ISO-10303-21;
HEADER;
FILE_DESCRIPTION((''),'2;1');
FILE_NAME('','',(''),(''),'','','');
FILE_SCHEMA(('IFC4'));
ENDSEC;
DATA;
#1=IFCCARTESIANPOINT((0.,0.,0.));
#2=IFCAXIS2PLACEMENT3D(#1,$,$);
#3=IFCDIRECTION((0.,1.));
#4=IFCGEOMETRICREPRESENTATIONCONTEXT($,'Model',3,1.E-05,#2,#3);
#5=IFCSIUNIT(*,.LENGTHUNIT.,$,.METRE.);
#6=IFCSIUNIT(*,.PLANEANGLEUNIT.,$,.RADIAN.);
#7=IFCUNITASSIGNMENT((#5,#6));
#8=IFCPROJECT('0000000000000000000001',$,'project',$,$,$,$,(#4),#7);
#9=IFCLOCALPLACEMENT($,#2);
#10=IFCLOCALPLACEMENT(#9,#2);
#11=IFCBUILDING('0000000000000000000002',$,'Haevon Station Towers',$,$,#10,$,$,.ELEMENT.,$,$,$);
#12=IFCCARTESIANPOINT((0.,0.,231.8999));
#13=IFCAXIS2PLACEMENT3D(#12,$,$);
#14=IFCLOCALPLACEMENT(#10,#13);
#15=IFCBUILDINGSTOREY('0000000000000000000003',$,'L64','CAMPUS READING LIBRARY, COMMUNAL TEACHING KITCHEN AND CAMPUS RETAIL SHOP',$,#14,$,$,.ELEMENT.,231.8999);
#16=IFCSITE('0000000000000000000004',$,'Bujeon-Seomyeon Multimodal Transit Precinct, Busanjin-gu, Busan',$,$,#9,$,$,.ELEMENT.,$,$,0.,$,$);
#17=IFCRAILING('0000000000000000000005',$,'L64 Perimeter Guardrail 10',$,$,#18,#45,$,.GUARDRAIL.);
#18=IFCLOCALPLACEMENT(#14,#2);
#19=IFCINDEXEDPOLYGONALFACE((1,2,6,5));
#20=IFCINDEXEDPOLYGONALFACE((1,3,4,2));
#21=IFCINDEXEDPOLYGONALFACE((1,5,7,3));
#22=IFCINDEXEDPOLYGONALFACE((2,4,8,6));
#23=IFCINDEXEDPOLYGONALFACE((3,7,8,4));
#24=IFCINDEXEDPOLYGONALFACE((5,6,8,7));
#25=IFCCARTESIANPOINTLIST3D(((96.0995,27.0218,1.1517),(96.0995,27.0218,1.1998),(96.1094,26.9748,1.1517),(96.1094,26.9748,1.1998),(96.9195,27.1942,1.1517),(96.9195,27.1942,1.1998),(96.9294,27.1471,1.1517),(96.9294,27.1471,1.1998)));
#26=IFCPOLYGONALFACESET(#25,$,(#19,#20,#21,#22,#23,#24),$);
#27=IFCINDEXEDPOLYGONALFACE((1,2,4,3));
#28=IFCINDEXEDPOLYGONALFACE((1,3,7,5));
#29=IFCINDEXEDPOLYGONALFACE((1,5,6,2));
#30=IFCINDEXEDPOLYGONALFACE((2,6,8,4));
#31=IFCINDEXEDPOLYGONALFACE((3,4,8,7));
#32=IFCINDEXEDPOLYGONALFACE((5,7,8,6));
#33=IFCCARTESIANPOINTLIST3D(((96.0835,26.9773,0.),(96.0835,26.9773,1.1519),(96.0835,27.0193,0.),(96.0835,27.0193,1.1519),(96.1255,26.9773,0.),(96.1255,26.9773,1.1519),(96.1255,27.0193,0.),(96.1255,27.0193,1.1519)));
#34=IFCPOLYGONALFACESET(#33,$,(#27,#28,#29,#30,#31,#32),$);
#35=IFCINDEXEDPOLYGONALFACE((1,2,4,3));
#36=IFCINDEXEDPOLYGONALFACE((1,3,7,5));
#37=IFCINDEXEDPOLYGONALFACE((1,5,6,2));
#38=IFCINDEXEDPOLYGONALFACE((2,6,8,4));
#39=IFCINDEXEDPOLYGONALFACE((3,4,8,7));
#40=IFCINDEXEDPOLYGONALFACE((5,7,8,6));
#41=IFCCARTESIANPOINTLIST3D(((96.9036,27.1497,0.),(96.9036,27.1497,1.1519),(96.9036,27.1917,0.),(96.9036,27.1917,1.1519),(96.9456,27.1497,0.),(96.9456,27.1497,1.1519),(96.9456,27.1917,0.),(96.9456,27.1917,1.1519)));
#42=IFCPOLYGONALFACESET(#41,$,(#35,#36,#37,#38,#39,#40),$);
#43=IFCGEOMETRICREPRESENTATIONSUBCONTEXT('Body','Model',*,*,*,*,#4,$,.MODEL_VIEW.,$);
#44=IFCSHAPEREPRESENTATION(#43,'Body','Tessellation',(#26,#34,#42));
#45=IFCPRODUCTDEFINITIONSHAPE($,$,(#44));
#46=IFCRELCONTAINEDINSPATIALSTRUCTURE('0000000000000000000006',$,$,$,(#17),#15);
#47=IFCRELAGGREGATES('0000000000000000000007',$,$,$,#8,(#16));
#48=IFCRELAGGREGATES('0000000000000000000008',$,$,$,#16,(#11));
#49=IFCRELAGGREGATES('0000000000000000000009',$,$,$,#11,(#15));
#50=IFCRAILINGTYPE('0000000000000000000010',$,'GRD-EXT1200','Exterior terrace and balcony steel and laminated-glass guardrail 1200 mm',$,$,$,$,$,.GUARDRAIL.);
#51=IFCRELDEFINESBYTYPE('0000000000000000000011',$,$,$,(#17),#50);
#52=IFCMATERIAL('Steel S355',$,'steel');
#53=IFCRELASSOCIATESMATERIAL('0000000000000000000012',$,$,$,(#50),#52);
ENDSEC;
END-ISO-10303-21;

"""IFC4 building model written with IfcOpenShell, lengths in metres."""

from ifc_helpers import new_model, si_unit, direction, frame, origin, origin_2d, place, context, subcontext, project, spatial, rectangle, extrude, material, type_object, element, save


model = new_model("IFC4")

# Units and contexts
model_context = context("Model", 3, precision=1e-05, world=origin(), true_north=direction((0.0, 1.0)))
body_context = subcontext(model_context, "Body", "Model", "MODEL_VIEW")
ifc_project = project(units=[si_unit("LENGTHUNIT", "METRE"), si_unit("PLANEANGLEUNIT", "RADIAN")], contexts=[model_context])

# Site, building, storey
site_placement = place(None, origin())
site = spatial("IfcSite", under=ifc_project, at=site_placement, Name="Bujeon-Seomyeon Multimodal Transit Precinct, Busanjin-gu, Busan", CompositionType="ELEMENT", RefElevation=0.0)
building_placement = place(site_placement, origin())
building = spatial("IfcBuilding", under=site, at=building_placement, Name="Haevon Station Towers", CompositionType="ELEMENT")
storey_placement = place(building_placement, frame((0.0, 0.0, 231.8999)))
storey = spatial("IfcBuildingStorey", under=building, at=storey_placement, Name="L64", Description="CAMPUS READING LIBRARY, COMMUNAL TEACHING KITCHEN AND CAMPUS RETAIL SHOP", CompositionType="ELEMENT", Elevation=231.8999)

# Shared definitions
ifc_material_1 = material(Name="Steel S355", Category="steel")

# Railing
railing_type = type_object("IfcRailingType", Name="GRD-EXT1200", Description="Exterior terrace and balcony steel and laminated-glass guardrail 1200 mm", PredefinedType="GUARDRAIL", material=ifc_material_1)
railing_1_placement = place(storey_placement, frame((96.1045, 26.9983, 0.0)))
element("IfcRailing", 1, at=railing_1_placement, inside=storey, type_object=railing_type, Name="L64 Perimeter Guardrail 10", PredefinedType="GUARDRAIL", context=body_context, shape_type="SweptSolid", body=[
    extrude(rectangle(XDim=0.0481, YDim=0.0481, at=origin_2d()), frame((0.0, 0.0, 1.1758), z_axis=(0.978618, 0.205687, 0.0), x_axis=(-0.205687, 0.978618, 0.0)), (0.0, 0.0, 1.0), 0.8379),
    extrude(rectangle(XDim=0.042, YDim=0.042, at=origin_2d()), origin(), (0.0, 0.0, 1.0), 1.1519),
    extrude(rectangle(XDim=0.042, YDim=0.042, at=origin_2d()), frame((0.8201, 0.1724, 0.0)), (0.0, 0.0, 1.0), 1.1519),
])

save(model, "model.ifc")
